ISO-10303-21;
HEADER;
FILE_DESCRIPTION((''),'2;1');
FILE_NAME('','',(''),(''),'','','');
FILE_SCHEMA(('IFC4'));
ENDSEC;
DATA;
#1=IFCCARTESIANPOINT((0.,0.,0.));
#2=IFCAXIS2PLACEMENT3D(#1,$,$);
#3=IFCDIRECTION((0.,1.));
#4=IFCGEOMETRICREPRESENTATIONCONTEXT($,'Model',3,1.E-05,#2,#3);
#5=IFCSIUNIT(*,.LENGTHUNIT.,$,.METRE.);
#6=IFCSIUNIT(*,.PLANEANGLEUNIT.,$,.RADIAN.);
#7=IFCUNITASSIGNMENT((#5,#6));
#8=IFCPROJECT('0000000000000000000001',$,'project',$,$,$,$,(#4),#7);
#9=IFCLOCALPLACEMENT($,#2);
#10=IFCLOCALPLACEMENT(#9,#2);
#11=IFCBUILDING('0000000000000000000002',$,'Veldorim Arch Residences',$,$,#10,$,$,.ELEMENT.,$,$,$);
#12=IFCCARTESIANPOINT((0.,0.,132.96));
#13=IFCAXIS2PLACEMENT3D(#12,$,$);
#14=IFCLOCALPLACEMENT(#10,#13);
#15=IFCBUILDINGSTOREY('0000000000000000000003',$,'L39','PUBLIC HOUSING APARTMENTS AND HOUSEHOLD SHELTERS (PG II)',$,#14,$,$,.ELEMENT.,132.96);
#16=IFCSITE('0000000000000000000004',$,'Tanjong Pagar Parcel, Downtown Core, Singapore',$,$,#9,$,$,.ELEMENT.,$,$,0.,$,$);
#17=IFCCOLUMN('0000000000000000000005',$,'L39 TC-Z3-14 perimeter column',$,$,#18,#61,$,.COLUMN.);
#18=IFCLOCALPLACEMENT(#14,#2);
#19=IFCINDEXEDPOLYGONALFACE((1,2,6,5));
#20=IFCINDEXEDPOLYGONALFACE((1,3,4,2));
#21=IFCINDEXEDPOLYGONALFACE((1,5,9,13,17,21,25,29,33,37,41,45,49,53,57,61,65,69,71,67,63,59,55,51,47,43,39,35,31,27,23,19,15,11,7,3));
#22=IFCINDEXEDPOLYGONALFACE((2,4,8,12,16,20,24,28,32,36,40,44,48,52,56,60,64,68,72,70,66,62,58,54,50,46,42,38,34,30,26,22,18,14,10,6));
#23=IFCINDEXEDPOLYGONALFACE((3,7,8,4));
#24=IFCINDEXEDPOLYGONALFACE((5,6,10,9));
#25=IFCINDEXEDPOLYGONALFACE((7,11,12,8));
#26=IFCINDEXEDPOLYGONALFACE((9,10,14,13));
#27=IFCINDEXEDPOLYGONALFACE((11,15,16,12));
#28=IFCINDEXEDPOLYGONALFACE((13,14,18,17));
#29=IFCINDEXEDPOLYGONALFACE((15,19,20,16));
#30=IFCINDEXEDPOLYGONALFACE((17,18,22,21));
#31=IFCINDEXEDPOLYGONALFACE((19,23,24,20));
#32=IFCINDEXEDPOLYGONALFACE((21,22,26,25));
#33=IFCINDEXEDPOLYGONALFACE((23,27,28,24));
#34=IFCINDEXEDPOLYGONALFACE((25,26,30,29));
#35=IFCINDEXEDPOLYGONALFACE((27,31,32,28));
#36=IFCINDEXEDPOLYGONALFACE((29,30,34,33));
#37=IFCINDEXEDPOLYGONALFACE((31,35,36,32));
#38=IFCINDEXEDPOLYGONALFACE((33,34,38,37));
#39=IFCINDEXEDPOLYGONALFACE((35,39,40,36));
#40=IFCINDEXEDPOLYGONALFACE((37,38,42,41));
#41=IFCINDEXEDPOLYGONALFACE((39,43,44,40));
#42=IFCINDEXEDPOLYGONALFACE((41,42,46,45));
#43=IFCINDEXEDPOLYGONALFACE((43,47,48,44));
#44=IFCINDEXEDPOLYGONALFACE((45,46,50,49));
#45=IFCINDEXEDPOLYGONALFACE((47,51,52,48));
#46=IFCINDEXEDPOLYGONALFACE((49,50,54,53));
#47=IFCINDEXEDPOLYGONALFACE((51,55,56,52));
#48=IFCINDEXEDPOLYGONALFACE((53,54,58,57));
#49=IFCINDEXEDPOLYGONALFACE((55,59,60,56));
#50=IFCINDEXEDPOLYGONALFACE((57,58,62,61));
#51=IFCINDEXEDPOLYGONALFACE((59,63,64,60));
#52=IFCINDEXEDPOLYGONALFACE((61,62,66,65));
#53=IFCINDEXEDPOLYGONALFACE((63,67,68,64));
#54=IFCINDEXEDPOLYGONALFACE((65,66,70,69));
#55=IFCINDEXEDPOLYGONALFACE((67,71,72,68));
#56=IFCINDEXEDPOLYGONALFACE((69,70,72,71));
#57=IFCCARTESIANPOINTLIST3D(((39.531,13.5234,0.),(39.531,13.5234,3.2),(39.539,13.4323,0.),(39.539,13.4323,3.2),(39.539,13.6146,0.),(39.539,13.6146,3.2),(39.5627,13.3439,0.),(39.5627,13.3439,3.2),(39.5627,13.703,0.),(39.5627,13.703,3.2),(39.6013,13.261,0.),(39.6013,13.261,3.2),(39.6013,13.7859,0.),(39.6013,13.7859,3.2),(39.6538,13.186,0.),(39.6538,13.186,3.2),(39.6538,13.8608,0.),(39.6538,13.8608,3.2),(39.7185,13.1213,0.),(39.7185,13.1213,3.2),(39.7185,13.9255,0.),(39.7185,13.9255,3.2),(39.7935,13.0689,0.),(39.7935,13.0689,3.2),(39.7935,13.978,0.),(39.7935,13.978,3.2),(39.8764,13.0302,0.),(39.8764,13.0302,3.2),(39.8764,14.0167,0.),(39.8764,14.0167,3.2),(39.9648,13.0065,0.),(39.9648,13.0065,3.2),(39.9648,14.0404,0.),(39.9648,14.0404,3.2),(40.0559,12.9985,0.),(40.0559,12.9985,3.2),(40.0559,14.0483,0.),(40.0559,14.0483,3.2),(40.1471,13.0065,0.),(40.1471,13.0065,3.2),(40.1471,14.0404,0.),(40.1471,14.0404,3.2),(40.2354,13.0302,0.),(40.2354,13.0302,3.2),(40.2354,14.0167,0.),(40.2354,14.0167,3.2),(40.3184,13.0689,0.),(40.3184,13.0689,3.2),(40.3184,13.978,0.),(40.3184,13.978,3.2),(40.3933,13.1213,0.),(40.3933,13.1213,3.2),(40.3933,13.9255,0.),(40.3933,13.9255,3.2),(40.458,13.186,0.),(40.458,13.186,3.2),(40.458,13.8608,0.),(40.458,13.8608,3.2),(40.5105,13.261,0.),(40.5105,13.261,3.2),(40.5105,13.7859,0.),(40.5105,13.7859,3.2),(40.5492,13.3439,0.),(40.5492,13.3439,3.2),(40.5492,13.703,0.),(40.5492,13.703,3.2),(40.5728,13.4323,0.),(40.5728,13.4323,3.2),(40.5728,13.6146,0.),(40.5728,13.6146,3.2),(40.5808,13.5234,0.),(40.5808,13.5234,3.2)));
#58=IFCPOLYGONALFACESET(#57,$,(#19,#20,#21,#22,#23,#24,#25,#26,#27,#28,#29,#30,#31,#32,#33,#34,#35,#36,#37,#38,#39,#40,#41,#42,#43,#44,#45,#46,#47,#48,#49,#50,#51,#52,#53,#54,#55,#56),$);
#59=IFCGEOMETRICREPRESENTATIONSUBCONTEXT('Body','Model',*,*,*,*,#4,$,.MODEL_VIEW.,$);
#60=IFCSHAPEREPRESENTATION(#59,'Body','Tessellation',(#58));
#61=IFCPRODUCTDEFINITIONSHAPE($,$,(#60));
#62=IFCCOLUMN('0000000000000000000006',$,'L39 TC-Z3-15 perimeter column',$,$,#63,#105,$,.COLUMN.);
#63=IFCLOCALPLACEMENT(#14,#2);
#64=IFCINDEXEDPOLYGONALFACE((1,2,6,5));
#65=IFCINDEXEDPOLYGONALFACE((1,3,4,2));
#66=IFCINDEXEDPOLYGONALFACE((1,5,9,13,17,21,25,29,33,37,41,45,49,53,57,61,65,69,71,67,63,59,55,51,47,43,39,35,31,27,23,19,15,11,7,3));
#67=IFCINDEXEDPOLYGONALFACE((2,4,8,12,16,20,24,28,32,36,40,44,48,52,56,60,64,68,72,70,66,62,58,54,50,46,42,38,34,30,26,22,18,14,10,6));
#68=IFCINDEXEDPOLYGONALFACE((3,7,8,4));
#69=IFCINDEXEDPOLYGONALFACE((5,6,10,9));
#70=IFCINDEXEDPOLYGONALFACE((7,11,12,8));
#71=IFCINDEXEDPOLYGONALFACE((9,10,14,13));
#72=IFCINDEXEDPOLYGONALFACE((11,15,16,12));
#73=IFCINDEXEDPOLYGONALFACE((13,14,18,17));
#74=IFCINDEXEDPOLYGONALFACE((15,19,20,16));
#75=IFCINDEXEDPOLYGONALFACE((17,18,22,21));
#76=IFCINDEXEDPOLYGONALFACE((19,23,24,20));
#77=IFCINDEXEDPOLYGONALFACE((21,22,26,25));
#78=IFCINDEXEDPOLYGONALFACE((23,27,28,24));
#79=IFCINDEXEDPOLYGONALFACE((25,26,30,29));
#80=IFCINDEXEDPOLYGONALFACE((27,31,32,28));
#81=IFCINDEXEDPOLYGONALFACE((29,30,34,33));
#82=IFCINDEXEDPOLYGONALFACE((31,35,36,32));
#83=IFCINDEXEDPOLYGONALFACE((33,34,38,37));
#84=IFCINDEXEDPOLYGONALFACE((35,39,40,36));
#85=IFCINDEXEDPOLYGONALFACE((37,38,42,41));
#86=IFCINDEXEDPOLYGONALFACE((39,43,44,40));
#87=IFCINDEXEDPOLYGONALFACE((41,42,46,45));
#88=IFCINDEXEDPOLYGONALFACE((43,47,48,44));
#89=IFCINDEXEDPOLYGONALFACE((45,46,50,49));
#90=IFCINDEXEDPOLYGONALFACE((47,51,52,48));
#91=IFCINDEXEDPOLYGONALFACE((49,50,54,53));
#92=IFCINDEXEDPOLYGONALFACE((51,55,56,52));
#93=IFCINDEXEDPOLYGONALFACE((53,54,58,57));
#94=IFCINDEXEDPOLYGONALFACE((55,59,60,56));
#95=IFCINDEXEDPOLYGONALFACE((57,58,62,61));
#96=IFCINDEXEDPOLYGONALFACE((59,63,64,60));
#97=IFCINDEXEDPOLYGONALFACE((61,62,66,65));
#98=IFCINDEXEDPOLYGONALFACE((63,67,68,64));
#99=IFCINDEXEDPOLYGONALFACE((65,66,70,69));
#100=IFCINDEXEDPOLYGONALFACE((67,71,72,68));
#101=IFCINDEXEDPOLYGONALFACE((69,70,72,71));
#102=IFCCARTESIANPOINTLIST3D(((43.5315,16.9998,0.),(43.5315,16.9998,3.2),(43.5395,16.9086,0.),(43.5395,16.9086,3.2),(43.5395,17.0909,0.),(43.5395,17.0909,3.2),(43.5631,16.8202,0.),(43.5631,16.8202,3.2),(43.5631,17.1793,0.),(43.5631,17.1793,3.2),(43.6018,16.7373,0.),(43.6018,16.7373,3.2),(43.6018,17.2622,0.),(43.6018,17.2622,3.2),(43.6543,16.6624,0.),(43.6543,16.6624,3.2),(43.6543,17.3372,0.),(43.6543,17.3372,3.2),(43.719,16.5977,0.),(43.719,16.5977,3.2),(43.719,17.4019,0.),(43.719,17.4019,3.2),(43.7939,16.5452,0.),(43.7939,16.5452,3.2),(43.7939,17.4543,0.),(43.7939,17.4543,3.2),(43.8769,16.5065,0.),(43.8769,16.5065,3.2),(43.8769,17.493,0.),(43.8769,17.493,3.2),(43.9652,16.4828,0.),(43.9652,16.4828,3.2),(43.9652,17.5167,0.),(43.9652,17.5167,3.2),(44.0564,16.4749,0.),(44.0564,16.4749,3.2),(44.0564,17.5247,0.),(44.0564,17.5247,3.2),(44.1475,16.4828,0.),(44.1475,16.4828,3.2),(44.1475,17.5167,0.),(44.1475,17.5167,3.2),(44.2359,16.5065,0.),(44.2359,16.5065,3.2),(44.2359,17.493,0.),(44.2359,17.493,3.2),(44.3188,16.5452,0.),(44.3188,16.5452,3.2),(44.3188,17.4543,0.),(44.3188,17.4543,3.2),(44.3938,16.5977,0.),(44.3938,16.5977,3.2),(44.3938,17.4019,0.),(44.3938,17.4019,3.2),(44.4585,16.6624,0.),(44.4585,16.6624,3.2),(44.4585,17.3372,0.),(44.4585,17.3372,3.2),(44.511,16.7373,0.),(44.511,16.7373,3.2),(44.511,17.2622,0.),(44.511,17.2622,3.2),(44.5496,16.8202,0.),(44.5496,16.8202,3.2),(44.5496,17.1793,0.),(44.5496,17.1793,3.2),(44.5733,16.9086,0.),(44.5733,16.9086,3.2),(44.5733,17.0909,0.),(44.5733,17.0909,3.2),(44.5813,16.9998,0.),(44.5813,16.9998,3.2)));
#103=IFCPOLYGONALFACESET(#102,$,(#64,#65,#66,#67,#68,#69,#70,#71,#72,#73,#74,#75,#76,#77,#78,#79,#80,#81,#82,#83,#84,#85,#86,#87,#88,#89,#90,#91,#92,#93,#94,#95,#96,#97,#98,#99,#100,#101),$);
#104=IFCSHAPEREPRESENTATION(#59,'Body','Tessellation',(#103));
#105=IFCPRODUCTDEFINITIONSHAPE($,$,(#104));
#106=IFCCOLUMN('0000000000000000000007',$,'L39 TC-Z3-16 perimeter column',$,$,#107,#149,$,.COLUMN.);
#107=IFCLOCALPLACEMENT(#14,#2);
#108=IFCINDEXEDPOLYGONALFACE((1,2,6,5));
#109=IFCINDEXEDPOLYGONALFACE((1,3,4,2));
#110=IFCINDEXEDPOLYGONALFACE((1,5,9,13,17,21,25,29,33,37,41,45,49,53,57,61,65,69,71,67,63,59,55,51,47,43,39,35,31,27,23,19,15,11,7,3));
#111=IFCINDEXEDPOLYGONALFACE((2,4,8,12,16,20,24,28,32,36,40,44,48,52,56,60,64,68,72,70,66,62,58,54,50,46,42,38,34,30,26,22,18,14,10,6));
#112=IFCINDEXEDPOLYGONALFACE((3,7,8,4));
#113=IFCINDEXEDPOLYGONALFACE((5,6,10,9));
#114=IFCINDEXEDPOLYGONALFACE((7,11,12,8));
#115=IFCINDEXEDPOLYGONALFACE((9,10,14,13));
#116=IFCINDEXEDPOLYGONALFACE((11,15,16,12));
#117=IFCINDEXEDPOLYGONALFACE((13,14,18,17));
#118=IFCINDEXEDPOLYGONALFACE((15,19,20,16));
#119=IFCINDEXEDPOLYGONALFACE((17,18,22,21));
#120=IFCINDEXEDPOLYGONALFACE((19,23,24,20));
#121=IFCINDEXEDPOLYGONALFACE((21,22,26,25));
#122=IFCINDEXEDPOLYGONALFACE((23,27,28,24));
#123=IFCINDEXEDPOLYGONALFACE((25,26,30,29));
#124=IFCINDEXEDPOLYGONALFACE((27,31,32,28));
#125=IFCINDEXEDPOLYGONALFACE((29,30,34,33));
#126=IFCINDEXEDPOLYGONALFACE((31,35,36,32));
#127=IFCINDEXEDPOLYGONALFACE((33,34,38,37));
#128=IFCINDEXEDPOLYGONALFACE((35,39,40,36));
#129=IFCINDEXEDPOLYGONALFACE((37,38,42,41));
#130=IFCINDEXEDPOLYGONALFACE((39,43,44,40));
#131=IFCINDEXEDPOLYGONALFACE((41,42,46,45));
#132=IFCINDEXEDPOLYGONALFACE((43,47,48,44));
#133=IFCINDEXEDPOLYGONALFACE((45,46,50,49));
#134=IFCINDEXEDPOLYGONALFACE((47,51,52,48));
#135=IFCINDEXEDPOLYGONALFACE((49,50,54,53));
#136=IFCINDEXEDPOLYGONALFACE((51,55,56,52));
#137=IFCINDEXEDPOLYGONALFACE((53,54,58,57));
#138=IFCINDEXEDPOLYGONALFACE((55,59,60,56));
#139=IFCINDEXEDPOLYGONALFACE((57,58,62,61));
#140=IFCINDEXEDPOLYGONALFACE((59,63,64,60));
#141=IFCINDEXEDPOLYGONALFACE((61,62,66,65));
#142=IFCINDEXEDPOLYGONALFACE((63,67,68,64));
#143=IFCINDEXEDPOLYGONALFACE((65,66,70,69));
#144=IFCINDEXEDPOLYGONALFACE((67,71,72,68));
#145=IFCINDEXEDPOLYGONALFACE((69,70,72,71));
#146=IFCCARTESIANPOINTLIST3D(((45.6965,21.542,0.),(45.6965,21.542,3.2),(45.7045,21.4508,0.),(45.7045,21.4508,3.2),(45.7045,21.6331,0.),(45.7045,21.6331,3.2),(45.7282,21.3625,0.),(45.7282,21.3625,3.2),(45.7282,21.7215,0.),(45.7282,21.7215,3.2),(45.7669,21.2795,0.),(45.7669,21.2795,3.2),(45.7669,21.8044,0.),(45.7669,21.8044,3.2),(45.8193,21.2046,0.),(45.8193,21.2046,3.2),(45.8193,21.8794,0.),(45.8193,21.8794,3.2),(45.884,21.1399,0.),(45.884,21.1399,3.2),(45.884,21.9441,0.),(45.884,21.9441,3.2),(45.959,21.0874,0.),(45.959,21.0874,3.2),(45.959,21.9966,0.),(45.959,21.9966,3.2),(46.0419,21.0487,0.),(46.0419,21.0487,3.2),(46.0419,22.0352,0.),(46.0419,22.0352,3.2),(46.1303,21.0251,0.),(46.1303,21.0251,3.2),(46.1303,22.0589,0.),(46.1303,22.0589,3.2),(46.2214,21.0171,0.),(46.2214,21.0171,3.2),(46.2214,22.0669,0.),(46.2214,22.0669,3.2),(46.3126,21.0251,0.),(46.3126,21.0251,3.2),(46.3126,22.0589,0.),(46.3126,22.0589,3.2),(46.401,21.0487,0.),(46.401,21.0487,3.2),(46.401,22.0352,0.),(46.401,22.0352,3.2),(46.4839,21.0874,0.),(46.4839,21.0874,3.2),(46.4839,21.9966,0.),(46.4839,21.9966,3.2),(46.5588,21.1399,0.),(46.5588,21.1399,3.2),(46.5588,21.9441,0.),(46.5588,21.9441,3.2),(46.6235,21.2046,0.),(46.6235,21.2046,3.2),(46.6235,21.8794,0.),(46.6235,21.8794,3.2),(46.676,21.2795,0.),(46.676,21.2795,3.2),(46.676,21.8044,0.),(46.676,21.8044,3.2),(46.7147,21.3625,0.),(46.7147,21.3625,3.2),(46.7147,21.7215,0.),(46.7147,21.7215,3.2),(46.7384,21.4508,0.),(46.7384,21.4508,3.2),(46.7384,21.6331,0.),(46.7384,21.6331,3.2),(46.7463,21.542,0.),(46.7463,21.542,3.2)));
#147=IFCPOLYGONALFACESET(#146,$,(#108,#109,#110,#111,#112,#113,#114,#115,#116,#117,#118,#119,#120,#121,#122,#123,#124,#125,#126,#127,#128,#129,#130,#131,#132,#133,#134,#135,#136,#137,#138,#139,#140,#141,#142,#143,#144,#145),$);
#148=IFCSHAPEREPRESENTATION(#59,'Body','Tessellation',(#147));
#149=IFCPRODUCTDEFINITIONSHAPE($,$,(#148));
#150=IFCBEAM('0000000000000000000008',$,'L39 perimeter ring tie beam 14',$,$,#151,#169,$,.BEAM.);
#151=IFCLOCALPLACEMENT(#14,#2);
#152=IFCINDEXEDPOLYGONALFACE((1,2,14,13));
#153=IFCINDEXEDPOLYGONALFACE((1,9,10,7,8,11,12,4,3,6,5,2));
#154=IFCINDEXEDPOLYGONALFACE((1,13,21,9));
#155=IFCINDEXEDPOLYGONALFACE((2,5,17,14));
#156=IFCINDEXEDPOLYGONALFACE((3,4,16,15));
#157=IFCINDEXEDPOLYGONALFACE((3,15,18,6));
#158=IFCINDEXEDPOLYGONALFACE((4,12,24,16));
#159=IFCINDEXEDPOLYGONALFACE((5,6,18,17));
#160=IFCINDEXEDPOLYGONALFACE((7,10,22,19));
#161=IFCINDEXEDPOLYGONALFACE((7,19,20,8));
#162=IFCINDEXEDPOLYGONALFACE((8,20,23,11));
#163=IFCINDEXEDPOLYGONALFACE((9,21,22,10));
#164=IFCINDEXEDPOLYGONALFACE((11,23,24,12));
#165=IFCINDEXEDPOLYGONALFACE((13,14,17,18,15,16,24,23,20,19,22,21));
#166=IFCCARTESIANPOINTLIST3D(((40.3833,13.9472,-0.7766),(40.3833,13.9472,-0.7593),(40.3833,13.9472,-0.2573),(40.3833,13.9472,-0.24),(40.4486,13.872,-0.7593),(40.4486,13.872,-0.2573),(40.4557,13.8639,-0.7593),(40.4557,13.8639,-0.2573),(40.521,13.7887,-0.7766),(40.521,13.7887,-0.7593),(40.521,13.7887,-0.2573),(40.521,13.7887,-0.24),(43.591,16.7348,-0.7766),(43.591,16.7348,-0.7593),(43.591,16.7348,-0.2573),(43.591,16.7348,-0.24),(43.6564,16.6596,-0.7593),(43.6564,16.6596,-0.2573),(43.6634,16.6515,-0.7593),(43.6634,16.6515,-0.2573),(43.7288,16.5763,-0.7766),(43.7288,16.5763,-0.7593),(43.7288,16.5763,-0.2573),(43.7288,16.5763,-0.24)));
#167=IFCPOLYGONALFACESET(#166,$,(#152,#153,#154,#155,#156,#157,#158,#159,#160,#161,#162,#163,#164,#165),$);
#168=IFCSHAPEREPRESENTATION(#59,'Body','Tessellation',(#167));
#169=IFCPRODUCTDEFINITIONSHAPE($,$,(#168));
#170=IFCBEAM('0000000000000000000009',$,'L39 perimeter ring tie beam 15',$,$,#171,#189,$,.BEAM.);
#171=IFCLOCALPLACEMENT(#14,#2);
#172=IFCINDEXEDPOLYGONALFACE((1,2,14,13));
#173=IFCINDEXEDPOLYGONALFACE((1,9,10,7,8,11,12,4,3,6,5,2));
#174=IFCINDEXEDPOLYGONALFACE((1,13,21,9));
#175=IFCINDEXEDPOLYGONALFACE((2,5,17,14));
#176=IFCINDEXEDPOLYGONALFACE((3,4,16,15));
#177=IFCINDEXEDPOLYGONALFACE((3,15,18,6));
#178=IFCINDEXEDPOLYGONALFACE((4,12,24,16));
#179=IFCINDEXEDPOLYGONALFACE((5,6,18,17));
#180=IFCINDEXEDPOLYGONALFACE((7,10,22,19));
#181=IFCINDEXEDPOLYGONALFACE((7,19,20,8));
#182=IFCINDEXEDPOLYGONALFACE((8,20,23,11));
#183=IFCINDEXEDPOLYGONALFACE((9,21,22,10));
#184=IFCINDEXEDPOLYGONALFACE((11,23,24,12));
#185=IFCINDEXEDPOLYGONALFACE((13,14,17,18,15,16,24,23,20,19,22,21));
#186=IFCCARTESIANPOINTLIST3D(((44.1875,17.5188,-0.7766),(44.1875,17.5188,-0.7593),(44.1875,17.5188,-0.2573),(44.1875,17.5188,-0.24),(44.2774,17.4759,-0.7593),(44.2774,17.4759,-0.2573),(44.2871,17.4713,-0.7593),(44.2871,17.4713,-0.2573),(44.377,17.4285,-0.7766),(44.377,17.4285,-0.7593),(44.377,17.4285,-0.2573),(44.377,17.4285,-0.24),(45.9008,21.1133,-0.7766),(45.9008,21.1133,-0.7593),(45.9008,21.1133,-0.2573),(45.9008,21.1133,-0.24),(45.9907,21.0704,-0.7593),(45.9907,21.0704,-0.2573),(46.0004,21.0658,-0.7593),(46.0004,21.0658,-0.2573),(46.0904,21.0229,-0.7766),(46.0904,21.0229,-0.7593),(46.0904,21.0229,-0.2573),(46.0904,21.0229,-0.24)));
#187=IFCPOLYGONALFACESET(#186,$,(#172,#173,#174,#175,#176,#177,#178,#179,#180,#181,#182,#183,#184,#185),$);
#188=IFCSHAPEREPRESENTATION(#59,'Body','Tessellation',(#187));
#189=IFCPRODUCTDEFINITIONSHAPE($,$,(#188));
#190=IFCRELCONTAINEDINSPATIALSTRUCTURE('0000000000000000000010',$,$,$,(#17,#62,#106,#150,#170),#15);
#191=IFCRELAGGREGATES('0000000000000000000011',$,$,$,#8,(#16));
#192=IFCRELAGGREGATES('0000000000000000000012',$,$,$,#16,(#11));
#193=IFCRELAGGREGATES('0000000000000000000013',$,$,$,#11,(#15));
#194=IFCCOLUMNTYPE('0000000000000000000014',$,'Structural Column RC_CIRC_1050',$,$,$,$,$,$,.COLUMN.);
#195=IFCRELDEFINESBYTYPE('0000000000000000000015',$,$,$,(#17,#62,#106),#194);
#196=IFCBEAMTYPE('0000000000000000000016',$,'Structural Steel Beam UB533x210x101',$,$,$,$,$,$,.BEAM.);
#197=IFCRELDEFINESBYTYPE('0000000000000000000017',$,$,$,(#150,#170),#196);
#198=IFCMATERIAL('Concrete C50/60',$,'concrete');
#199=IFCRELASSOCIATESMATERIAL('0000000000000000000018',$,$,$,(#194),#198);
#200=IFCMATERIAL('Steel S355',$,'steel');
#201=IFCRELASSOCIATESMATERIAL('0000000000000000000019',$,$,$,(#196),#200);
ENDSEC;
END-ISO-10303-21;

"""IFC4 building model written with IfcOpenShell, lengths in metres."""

from ifc_helpers import new_model, si_unit, direction, frame, origin, origin_2d, place, context, subcontext, project, spatial, circle, i_section, extrude, material, material_profile, profile_set, type_object, element, save


model = new_model("IFC4")

# Units and contexts
model_context = context("Model", 3, precision=1e-05, world=origin(), true_north=direction((0.0, 1.0)))
body_context = subcontext(model_context, "Body", "Model", "MODEL_VIEW")
ifc_project = project(units=[si_unit("LENGTHUNIT", "METRE"), si_unit("PLANEANGLEUNIT", "RADIAN")], contexts=[model_context])

# Site, building, storey
site_placement = place(None, origin())
site = spatial("IfcSite", under=ifc_project, at=site_placement, Name="Tanjong Pagar Parcel, Downtown Core, Singapore", CompositionType="ELEMENT", RefElevation=0.0)
building_placement = place(site_placement, origin())
building = spatial("IfcBuilding", under=site, at=building_placement, Name="Veldorim Arch Residences", CompositionType="ELEMENT")
storey_placement = place(building_placement, frame((0.0, 0.0, 132.96)))
storey = spatial("IfcBuildingStorey", under=building, at=storey_placement, Name="L39", Description="PUBLIC HOUSING APARTMENTS AND HOUSEHOLD SHELTERS (PG II)", CompositionType="ELEMENT", Elevation=132.96)

# Columns
ifc_material_1 = material(Name="Concrete C50/60", Category="concrete")
ifc_material_profile_1 = material_profile(ifc_material_1, circle(Radius=0.5249, at=origin_2d()), Name="RC_CIRC_1050")
ifc_profile_set_1 = profile_set([ifc_material_profile_1], Name="Concrete C50/60")
column_type = type_object("IfcColumnType", Name="Structural Column RC_CIRC_1050", PredefinedType="COLUMN", material=ifc_profile_set_1)
for number, where, z_axis, x_axis, name in (
    (1, (40.0559, 13.5234, 0.0), (0.0, 0.0, 1.0), (1.0, 0.0, 0.0), "L39 TC-Z3-14 perimeter column"),
    (2, (44.0564, 16.9998, 0.0), (0.0, 0.0, 1.0), (1.0, 0.0, 0.0), "L39 TC-Z3-15 perimeter column"),
    (3, (46.2214, 21.542, 0.0), (0.0, 0.0, 1.0), (1.0, 0.0, 0.0), "L39 TC-Z3-16 perimeter column"),
):
    element("IfcColumn", number, at=place(storey_placement, frame(where, z_axis=z_axis, x_axis=x_axis)), inside=storey, type_object=column_type, Name=name, PredefinedType="COLUMN", context=body_context, shape_type="SweptSolid", body=[
        extrude(circle(Radius=0.5249, at=origin_2d()), origin(), (0.0, 0.0, 1.0), 3.2),
    ])

# Beams
ifc_material_2 = material(Name="Steel S355", Category="steel")
ifc_material_profile_2 = material_profile(ifc_material_2, i_section(OverallWidth=0.21, OverallDepth=0.5366, WebThickness=0.0107, FlangeThickness=0.0173, at=origin_2d()), Name="UB533x210x101")
ifc_profile_set_2 = profile_set([ifc_material_profile_2], Name="Steel S355")
beam_type_1 = type_object("IfcBeamType", Name="Structural Steel Beam UB533x210x101", PredefinedType="BEAM", material=ifc_profile_set_2)
beam_1_placement = place(storey_placement, frame((40.4521, 13.8679, -0.5083), z_axis=(0.754811, 0.655943, 0.0), x_axis=(-0.655943, 0.754811, 0.0)))
element("IfcBeam", 4, at=beam_1_placement, inside=storey, type_object=beam_type_1, Name="L39 perimeter ring tie beam 14", PredefinedType="BEAM", context=body_context, shape_type="SweptSolid", body=[
    extrude(i_section(OverallWidth=0.21, OverallDepth=0.5366, WebThickness=0.0107, FlangeThickness=0.0173, at=origin_2d()), origin(), (0.0, 0.0, 1.0), 4.2498),
])
beam_2_placement = place(storey_placement, frame((44.2822, 17.4736, -0.5083), z_axis=(0.430286, 0.902693, 0.0), x_axis=(-0.902693, 0.430286, 0.0)))
element("IfcBeam", 5, at=beam_2_placement, inside=storey, type_object=beam_type_1, Name="L39 perimeter ring tie beam 15", PredefinedType="BEAM", context=body_context, shape_type="SweptSolid", body=[
    extrude(i_section(OverallWidth=0.21, OverallDepth=0.5366, WebThickness=0.0107, FlangeThickness=0.0173, at=origin_2d()), origin(), (0.0, 0.0, 1.0), 3.9819),
])

save(model, "model.ifc")
